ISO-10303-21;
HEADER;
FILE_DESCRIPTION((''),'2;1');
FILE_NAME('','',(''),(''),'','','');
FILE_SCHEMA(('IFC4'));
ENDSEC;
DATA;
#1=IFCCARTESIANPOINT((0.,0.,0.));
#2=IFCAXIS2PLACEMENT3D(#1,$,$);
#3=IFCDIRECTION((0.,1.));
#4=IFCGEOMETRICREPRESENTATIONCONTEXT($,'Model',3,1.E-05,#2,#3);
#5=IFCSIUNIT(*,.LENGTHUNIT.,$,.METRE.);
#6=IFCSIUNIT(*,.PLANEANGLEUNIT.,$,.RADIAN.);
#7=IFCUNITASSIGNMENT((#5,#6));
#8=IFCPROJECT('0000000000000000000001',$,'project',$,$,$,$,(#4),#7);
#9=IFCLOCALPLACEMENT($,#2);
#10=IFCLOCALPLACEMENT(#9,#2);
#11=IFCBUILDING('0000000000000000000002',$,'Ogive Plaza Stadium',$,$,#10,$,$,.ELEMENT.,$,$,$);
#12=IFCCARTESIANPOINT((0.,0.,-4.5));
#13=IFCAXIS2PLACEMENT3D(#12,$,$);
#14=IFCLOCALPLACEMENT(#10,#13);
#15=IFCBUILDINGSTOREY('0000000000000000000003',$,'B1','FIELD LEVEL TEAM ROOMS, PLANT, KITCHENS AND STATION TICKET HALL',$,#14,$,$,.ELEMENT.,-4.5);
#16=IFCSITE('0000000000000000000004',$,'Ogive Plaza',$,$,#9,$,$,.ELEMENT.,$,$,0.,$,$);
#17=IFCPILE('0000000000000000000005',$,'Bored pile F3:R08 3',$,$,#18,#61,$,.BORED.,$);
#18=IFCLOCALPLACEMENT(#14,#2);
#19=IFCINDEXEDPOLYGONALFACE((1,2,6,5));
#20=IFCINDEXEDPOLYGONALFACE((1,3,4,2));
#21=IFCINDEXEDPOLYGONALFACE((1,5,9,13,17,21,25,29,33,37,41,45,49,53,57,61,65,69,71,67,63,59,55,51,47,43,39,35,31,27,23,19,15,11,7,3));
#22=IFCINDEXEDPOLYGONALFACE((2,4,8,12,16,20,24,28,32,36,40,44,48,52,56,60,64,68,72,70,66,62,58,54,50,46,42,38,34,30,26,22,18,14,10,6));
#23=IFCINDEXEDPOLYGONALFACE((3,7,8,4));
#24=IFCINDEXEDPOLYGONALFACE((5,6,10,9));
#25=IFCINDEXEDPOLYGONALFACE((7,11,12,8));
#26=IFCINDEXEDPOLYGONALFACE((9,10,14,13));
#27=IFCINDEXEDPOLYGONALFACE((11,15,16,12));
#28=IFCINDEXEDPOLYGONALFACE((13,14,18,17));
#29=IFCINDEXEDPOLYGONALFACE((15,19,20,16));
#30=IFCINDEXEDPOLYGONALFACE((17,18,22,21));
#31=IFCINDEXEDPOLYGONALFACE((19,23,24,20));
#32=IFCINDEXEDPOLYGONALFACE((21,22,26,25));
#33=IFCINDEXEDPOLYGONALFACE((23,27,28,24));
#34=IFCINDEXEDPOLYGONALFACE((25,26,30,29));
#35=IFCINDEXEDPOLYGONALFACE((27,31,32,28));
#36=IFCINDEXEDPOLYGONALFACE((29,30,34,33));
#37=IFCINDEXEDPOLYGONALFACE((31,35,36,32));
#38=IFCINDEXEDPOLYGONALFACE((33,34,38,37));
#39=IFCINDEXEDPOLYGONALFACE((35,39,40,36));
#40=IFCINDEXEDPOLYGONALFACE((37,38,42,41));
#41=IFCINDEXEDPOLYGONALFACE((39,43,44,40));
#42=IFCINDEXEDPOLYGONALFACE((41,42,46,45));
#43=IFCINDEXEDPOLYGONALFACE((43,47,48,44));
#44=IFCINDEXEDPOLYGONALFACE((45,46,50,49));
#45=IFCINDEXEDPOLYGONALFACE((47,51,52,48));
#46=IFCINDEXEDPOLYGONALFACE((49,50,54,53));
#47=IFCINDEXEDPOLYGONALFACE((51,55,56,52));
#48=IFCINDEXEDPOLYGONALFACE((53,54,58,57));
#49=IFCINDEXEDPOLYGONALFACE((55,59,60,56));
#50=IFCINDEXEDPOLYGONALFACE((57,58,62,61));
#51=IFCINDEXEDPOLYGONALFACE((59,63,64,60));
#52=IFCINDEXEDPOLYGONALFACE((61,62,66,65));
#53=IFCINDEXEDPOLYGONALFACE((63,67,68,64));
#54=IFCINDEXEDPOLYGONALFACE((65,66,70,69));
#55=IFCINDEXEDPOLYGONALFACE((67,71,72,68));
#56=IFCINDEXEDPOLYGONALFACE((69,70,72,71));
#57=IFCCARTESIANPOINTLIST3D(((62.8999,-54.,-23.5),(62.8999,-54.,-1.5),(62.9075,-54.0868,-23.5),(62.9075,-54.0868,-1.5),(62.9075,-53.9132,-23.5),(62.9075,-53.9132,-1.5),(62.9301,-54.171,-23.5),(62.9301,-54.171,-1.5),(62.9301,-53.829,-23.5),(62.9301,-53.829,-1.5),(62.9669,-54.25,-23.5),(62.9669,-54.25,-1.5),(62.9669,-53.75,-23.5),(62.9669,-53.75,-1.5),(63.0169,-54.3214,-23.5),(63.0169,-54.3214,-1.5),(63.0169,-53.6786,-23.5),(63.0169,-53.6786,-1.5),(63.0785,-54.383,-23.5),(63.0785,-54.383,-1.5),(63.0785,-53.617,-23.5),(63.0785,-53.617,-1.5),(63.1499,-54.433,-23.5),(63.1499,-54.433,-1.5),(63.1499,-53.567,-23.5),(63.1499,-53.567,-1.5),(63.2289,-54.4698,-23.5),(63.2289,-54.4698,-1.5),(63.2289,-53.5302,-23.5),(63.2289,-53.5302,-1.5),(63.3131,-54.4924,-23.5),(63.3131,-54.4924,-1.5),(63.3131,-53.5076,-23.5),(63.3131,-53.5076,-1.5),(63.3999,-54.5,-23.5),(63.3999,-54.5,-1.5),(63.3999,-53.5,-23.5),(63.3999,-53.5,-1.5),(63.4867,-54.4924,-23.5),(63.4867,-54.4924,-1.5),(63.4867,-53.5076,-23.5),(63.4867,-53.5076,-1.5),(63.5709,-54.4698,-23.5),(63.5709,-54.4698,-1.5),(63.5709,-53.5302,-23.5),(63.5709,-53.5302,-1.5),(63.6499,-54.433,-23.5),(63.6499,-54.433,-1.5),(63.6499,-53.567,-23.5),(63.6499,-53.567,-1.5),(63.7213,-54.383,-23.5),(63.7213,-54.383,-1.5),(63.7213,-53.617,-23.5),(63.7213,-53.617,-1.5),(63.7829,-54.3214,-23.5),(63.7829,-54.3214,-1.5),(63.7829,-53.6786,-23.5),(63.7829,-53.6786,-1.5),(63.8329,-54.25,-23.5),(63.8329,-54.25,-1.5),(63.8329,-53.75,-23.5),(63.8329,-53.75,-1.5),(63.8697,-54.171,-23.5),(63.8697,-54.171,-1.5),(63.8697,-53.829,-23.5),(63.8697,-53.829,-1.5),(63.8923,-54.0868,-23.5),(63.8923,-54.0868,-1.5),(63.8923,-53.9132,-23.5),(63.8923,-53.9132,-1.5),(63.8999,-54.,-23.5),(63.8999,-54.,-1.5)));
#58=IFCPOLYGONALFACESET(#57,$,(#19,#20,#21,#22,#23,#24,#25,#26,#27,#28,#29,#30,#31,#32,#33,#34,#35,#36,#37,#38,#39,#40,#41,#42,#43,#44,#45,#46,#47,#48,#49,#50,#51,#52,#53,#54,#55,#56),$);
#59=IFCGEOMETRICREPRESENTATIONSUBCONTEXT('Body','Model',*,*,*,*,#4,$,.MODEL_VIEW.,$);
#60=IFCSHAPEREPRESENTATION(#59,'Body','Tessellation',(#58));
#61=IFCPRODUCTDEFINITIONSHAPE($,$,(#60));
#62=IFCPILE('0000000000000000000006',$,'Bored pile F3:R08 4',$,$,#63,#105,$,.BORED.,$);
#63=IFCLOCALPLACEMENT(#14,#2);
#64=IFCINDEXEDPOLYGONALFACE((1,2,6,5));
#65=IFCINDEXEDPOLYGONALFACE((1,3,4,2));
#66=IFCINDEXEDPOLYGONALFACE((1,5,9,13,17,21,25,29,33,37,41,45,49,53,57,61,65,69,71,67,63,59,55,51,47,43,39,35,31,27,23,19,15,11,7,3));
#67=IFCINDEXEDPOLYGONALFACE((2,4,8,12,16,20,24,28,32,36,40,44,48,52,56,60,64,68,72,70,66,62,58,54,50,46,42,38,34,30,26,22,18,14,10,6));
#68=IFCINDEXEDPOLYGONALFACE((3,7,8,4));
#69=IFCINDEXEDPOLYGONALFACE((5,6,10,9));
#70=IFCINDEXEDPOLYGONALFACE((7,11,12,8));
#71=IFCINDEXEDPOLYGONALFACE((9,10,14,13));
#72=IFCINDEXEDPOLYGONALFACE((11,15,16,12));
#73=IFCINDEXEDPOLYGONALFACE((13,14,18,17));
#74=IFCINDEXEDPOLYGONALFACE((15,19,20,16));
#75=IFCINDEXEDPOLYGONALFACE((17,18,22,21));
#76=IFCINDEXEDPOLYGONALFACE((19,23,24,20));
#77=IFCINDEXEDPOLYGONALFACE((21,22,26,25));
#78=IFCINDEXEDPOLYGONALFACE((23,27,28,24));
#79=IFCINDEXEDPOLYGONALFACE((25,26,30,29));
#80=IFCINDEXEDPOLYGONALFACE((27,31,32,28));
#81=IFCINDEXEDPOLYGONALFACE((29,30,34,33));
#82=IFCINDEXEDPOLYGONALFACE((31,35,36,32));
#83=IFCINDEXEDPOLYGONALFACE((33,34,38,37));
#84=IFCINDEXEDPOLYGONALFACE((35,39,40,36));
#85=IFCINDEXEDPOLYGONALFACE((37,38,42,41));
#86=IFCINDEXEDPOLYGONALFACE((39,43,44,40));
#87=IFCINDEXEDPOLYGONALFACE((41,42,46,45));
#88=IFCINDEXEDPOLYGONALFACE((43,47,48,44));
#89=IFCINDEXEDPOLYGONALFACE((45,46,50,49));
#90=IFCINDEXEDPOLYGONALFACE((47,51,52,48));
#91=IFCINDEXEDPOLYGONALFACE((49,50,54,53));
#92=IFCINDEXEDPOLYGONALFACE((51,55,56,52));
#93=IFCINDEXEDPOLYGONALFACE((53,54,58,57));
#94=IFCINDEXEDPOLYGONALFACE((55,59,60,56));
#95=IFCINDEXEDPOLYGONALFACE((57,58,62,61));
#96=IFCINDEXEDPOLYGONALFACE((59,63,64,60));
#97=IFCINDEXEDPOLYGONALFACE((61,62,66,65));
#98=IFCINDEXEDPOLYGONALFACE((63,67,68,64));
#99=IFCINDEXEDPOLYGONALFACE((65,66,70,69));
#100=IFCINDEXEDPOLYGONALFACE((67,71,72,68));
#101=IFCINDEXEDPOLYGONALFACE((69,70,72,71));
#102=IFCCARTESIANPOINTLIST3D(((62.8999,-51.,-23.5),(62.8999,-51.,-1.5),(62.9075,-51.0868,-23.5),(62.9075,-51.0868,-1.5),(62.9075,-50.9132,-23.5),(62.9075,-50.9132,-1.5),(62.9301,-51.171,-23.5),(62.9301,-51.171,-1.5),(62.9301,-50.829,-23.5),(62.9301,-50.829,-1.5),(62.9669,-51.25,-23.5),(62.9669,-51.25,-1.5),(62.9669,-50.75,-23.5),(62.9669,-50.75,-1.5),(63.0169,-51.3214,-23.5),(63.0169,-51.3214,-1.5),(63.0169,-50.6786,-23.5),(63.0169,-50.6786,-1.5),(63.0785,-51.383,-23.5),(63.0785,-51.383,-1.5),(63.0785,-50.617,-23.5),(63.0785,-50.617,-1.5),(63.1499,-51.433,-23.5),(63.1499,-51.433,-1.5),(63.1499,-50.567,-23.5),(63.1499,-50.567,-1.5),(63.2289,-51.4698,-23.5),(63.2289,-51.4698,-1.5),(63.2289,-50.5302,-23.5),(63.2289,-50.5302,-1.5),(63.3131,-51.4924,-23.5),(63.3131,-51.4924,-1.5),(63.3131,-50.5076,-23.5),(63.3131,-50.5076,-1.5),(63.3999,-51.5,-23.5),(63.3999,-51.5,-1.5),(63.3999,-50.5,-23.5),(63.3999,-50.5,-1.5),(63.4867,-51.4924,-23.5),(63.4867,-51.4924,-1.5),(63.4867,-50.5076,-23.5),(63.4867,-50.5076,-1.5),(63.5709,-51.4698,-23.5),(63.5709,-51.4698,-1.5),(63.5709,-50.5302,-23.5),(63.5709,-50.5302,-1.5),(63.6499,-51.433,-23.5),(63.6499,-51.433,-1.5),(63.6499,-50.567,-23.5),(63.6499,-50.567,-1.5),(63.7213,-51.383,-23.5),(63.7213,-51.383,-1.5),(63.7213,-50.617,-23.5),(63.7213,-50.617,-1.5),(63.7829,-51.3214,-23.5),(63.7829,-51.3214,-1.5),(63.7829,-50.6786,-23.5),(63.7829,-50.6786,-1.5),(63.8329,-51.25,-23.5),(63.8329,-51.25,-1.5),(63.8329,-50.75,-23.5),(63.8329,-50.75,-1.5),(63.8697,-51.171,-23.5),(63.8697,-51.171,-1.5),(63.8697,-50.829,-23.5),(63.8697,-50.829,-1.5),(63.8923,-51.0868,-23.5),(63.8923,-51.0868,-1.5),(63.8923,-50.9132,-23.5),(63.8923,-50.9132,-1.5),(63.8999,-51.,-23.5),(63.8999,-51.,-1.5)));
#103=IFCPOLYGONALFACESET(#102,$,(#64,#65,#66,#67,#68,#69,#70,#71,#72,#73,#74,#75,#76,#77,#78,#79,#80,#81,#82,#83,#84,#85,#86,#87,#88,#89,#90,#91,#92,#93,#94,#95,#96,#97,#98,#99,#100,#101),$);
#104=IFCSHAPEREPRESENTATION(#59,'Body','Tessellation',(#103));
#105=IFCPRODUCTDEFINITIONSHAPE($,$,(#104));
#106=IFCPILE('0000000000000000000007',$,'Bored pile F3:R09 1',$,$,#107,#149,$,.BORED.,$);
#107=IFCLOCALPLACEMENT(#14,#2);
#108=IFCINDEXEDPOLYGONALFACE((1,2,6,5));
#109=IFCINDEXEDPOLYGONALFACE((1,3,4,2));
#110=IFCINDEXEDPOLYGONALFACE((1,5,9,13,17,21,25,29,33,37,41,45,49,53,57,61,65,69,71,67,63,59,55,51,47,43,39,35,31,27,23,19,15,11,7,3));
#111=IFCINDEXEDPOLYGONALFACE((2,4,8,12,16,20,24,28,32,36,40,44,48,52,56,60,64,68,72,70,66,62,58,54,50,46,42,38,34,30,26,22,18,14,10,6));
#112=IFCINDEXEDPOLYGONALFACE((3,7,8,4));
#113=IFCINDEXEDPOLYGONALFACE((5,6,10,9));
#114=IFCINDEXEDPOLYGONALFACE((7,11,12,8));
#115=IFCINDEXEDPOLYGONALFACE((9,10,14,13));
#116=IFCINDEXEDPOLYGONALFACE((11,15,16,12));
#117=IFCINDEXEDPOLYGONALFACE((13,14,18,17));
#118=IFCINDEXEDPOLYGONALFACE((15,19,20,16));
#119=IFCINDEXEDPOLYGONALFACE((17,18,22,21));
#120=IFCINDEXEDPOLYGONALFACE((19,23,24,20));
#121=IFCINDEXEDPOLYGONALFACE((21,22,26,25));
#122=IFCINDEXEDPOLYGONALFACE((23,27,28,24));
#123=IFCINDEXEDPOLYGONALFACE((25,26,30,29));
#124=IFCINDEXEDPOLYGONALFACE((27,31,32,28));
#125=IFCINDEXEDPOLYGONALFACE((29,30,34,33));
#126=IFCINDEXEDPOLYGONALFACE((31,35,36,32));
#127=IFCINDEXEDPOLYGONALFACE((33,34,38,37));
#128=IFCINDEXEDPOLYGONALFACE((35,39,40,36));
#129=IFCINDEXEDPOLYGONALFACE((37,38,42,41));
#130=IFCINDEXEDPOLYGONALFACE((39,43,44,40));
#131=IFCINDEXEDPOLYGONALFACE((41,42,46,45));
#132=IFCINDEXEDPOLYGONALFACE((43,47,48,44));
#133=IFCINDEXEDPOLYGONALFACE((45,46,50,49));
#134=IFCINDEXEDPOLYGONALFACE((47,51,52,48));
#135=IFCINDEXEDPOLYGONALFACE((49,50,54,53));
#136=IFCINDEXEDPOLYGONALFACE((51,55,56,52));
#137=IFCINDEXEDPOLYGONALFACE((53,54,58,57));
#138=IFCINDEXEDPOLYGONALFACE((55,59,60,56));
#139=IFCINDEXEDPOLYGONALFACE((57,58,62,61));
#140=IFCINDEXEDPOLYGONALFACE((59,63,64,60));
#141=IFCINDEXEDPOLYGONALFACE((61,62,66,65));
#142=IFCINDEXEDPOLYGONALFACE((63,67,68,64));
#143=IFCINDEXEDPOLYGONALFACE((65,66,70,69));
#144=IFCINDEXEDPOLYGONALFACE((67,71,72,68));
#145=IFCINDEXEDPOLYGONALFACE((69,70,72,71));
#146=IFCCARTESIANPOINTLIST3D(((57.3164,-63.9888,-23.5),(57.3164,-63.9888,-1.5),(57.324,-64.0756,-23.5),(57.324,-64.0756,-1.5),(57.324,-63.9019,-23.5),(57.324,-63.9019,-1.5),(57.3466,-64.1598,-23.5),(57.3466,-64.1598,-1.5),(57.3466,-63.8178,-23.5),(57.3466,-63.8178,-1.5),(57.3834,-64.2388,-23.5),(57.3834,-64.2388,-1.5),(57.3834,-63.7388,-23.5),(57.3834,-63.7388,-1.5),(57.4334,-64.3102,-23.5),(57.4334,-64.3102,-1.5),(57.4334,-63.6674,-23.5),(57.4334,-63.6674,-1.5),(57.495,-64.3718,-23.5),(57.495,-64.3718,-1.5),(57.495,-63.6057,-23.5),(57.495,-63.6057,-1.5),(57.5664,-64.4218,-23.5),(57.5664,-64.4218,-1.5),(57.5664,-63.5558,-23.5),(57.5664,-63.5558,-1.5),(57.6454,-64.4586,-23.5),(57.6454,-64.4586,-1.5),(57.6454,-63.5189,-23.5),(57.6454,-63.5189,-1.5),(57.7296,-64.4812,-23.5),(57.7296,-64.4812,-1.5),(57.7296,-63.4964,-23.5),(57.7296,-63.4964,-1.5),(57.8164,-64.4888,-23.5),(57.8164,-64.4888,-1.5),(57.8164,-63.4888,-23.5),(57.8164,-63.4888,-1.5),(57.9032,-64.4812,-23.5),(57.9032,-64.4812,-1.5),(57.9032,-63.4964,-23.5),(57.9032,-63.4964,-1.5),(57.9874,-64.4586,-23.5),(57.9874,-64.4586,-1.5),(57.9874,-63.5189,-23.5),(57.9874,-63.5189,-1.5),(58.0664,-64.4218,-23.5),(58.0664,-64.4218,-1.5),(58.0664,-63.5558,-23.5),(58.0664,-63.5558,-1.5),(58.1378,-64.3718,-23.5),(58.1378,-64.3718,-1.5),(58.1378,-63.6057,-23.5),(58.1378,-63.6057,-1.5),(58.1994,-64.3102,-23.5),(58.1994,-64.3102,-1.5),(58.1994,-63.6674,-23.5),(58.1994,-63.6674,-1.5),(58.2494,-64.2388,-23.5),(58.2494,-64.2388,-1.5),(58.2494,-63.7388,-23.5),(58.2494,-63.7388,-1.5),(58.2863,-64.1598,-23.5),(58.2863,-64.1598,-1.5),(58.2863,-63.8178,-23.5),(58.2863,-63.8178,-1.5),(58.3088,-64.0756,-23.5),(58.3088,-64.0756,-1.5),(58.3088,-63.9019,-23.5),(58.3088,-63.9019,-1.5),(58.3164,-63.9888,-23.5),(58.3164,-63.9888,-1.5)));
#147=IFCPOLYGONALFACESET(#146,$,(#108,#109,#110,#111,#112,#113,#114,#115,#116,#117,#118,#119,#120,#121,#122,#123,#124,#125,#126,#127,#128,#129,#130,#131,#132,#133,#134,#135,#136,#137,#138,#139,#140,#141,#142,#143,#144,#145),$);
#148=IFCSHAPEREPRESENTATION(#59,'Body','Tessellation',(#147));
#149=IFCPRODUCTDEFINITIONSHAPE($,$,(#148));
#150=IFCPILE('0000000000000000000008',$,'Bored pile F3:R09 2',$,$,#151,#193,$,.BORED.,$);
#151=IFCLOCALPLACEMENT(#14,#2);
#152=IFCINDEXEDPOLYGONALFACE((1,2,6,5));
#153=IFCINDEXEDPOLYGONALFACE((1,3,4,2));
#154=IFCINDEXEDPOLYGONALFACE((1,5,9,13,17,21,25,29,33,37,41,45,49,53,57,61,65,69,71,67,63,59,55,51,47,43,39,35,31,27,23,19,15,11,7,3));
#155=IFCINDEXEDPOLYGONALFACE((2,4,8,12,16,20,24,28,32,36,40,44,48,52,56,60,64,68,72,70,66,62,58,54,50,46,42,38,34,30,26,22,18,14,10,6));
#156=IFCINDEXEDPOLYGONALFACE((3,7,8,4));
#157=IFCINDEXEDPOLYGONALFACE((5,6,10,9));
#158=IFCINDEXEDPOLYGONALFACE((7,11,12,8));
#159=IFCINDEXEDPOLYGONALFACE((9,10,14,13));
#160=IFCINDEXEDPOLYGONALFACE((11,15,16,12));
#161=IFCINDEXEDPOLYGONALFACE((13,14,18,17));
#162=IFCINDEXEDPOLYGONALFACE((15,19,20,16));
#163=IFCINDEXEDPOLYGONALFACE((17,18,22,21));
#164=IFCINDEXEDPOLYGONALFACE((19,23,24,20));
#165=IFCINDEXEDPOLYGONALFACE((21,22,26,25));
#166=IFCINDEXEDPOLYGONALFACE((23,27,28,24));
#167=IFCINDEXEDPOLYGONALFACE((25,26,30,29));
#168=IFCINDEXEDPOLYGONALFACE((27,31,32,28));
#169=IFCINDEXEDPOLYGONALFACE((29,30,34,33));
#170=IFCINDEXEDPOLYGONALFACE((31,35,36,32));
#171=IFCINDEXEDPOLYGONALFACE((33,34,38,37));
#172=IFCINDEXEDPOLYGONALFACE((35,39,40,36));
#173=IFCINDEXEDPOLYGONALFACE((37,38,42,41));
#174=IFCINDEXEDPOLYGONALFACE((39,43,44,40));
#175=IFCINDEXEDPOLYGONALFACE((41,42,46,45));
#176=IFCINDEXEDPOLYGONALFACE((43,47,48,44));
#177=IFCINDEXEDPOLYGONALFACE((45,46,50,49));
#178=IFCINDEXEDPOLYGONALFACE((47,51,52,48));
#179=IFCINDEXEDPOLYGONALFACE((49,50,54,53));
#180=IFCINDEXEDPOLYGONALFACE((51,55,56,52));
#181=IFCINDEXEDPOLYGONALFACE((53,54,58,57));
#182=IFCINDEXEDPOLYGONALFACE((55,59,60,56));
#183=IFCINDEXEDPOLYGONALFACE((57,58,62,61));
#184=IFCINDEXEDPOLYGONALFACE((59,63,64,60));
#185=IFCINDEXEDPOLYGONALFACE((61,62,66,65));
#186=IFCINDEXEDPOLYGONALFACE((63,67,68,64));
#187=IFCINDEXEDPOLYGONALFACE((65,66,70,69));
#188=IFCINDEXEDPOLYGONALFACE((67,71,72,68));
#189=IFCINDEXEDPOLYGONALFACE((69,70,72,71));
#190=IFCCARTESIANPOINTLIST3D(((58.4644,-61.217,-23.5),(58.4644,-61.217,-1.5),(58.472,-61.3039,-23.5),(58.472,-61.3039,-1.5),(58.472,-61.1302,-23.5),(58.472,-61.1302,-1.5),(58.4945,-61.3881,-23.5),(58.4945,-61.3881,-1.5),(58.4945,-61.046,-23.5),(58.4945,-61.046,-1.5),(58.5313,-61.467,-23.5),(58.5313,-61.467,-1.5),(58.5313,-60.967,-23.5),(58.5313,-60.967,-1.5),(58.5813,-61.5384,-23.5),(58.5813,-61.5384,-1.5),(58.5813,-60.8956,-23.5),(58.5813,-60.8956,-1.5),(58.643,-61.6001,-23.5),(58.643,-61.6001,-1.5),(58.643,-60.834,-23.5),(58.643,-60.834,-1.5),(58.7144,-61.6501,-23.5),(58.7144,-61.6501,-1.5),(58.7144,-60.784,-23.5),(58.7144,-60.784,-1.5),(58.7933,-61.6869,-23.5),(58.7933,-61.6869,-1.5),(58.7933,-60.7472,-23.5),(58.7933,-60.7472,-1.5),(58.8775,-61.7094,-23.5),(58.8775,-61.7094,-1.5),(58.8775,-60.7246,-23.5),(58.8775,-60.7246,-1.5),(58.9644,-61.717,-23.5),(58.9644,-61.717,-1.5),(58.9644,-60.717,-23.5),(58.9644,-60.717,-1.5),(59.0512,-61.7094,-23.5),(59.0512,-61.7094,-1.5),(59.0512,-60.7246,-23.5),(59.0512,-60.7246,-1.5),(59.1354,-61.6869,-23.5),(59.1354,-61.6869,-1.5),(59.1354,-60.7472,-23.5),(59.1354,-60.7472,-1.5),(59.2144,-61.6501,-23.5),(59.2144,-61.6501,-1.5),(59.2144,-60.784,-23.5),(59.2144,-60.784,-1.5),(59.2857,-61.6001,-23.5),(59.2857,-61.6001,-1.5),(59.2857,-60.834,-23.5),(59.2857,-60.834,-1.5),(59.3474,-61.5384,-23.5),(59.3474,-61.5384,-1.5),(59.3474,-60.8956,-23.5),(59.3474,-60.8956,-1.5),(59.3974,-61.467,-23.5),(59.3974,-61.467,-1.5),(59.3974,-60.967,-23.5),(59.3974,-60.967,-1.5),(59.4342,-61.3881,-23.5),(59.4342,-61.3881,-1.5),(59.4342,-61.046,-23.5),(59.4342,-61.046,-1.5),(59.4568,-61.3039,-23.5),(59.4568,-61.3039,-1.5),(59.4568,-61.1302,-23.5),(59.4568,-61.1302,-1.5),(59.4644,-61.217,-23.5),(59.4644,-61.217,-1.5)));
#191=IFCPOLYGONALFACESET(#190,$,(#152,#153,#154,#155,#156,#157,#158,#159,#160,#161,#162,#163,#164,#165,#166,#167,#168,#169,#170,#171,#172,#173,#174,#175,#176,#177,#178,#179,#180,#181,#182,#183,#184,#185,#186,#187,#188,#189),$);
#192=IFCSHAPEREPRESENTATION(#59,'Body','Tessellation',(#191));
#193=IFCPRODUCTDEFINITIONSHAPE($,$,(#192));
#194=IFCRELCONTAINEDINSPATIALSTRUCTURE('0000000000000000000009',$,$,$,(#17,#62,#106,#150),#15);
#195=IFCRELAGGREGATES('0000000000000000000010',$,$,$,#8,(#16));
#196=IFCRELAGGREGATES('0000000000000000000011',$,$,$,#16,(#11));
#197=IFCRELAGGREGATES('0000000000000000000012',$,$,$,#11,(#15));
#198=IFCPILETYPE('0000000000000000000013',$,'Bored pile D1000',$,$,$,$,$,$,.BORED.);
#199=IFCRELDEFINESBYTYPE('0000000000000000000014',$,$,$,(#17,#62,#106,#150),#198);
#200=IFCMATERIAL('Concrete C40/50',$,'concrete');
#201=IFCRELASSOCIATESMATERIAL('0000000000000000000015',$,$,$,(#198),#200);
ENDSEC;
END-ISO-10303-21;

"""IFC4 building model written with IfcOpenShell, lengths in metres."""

from ifc_helpers import new_model, si_unit, direction, frame, origin, origin_2d, place, context, subcontext, project, spatial, circle, extrude, material, material_profile, profile_set, type_object, element, save


model = new_model("IFC4")

# Units and contexts
model_context = context("Model", 3, precision=1e-05, world=origin(), true_north=direction((0.0, 1.0)))
body_context = subcontext(model_context, "Body", "Model", "MODEL_VIEW")
ifc_project = project(units=[si_unit("LENGTHUNIT", "METRE"), si_unit("PLANEANGLEUNIT", "RADIAN")], contexts=[model_context])

# Site, building, storey
site_placement = place(None, origin())
site = spatial("IfcSite", under=ifc_project, at=site_placement, Name="Ogive Plaza", CompositionType="ELEMENT", RefElevation=0.0)
building_placement = place(site_placement, origin())
building = spatial("IfcBuilding", under=site, at=building_placement, Name="Ogive Plaza Stadium", CompositionType="ELEMENT")
storey_placement = place(building_placement, frame((0.0, 0.0, -4.5)))
storey = spatial("IfcBuildingStorey", under=building, at=storey_placement, Name="B1", Description="FIELD LEVEL TEAM ROOMS, PLANT, KITCHENS AND STATION TICKET HALL", CompositionType="ELEMENT", Elevation=-4.5)

# Piles
ifc_material_1 = material(Name="Concrete C40/50", Category="concrete")
ifc_material_profile_1 = material_profile(ifc_material_1, circle(Radius=0.5, at=origin_2d()), Name="RC D1000")
ifc_profile_set_1 = profile_set([ifc_material_profile_1], Name="Concrete C40/50")
pile_type_1 = type_object("IfcPileType", Name="Bored pile D1000", PredefinedType="BORED", material=ifc_profile_set_1)
for number, where, z_axis, x_axis, name in (
    (1, (63.3999, -54.0, -1.5), (0.0, 0.0, -1.0), (1.0, 0.0, 0.0), "Bored pile F3:R08 3"),
    (2, (63.3999, -51.0, -1.5), (0.0, 0.0, -1.0), (1.0, 0.0, 0.0), "Bored pile F3:R08 4"),
    (3, (57.8164, -63.9888, -1.5), (0.0, 0.0, -1.0), (1.0, 0.0, 0.0), "Bored pile F3:R09 1"),
    (4, (58.9644, -61.217, -1.5), (0.0, 0.0, -1.0), (1.0, 0.0, 0.0), "Bored pile F3:R09 2"),
):
    element("IfcPile", number, at=place(storey_placement, frame(where, z_axis=z_axis, x_axis=x_axis)), inside=storey, type_object=pile_type_1, Name=name, PredefinedType="BORED", context=body_context, shape_type="SweptSolid", body=[
        extrude(circle(Radius=0.5, at=origin_2d()), origin(), (0.0, 0.0, 1.0), 22.0),
    ])

save(model, "model.ifc")
